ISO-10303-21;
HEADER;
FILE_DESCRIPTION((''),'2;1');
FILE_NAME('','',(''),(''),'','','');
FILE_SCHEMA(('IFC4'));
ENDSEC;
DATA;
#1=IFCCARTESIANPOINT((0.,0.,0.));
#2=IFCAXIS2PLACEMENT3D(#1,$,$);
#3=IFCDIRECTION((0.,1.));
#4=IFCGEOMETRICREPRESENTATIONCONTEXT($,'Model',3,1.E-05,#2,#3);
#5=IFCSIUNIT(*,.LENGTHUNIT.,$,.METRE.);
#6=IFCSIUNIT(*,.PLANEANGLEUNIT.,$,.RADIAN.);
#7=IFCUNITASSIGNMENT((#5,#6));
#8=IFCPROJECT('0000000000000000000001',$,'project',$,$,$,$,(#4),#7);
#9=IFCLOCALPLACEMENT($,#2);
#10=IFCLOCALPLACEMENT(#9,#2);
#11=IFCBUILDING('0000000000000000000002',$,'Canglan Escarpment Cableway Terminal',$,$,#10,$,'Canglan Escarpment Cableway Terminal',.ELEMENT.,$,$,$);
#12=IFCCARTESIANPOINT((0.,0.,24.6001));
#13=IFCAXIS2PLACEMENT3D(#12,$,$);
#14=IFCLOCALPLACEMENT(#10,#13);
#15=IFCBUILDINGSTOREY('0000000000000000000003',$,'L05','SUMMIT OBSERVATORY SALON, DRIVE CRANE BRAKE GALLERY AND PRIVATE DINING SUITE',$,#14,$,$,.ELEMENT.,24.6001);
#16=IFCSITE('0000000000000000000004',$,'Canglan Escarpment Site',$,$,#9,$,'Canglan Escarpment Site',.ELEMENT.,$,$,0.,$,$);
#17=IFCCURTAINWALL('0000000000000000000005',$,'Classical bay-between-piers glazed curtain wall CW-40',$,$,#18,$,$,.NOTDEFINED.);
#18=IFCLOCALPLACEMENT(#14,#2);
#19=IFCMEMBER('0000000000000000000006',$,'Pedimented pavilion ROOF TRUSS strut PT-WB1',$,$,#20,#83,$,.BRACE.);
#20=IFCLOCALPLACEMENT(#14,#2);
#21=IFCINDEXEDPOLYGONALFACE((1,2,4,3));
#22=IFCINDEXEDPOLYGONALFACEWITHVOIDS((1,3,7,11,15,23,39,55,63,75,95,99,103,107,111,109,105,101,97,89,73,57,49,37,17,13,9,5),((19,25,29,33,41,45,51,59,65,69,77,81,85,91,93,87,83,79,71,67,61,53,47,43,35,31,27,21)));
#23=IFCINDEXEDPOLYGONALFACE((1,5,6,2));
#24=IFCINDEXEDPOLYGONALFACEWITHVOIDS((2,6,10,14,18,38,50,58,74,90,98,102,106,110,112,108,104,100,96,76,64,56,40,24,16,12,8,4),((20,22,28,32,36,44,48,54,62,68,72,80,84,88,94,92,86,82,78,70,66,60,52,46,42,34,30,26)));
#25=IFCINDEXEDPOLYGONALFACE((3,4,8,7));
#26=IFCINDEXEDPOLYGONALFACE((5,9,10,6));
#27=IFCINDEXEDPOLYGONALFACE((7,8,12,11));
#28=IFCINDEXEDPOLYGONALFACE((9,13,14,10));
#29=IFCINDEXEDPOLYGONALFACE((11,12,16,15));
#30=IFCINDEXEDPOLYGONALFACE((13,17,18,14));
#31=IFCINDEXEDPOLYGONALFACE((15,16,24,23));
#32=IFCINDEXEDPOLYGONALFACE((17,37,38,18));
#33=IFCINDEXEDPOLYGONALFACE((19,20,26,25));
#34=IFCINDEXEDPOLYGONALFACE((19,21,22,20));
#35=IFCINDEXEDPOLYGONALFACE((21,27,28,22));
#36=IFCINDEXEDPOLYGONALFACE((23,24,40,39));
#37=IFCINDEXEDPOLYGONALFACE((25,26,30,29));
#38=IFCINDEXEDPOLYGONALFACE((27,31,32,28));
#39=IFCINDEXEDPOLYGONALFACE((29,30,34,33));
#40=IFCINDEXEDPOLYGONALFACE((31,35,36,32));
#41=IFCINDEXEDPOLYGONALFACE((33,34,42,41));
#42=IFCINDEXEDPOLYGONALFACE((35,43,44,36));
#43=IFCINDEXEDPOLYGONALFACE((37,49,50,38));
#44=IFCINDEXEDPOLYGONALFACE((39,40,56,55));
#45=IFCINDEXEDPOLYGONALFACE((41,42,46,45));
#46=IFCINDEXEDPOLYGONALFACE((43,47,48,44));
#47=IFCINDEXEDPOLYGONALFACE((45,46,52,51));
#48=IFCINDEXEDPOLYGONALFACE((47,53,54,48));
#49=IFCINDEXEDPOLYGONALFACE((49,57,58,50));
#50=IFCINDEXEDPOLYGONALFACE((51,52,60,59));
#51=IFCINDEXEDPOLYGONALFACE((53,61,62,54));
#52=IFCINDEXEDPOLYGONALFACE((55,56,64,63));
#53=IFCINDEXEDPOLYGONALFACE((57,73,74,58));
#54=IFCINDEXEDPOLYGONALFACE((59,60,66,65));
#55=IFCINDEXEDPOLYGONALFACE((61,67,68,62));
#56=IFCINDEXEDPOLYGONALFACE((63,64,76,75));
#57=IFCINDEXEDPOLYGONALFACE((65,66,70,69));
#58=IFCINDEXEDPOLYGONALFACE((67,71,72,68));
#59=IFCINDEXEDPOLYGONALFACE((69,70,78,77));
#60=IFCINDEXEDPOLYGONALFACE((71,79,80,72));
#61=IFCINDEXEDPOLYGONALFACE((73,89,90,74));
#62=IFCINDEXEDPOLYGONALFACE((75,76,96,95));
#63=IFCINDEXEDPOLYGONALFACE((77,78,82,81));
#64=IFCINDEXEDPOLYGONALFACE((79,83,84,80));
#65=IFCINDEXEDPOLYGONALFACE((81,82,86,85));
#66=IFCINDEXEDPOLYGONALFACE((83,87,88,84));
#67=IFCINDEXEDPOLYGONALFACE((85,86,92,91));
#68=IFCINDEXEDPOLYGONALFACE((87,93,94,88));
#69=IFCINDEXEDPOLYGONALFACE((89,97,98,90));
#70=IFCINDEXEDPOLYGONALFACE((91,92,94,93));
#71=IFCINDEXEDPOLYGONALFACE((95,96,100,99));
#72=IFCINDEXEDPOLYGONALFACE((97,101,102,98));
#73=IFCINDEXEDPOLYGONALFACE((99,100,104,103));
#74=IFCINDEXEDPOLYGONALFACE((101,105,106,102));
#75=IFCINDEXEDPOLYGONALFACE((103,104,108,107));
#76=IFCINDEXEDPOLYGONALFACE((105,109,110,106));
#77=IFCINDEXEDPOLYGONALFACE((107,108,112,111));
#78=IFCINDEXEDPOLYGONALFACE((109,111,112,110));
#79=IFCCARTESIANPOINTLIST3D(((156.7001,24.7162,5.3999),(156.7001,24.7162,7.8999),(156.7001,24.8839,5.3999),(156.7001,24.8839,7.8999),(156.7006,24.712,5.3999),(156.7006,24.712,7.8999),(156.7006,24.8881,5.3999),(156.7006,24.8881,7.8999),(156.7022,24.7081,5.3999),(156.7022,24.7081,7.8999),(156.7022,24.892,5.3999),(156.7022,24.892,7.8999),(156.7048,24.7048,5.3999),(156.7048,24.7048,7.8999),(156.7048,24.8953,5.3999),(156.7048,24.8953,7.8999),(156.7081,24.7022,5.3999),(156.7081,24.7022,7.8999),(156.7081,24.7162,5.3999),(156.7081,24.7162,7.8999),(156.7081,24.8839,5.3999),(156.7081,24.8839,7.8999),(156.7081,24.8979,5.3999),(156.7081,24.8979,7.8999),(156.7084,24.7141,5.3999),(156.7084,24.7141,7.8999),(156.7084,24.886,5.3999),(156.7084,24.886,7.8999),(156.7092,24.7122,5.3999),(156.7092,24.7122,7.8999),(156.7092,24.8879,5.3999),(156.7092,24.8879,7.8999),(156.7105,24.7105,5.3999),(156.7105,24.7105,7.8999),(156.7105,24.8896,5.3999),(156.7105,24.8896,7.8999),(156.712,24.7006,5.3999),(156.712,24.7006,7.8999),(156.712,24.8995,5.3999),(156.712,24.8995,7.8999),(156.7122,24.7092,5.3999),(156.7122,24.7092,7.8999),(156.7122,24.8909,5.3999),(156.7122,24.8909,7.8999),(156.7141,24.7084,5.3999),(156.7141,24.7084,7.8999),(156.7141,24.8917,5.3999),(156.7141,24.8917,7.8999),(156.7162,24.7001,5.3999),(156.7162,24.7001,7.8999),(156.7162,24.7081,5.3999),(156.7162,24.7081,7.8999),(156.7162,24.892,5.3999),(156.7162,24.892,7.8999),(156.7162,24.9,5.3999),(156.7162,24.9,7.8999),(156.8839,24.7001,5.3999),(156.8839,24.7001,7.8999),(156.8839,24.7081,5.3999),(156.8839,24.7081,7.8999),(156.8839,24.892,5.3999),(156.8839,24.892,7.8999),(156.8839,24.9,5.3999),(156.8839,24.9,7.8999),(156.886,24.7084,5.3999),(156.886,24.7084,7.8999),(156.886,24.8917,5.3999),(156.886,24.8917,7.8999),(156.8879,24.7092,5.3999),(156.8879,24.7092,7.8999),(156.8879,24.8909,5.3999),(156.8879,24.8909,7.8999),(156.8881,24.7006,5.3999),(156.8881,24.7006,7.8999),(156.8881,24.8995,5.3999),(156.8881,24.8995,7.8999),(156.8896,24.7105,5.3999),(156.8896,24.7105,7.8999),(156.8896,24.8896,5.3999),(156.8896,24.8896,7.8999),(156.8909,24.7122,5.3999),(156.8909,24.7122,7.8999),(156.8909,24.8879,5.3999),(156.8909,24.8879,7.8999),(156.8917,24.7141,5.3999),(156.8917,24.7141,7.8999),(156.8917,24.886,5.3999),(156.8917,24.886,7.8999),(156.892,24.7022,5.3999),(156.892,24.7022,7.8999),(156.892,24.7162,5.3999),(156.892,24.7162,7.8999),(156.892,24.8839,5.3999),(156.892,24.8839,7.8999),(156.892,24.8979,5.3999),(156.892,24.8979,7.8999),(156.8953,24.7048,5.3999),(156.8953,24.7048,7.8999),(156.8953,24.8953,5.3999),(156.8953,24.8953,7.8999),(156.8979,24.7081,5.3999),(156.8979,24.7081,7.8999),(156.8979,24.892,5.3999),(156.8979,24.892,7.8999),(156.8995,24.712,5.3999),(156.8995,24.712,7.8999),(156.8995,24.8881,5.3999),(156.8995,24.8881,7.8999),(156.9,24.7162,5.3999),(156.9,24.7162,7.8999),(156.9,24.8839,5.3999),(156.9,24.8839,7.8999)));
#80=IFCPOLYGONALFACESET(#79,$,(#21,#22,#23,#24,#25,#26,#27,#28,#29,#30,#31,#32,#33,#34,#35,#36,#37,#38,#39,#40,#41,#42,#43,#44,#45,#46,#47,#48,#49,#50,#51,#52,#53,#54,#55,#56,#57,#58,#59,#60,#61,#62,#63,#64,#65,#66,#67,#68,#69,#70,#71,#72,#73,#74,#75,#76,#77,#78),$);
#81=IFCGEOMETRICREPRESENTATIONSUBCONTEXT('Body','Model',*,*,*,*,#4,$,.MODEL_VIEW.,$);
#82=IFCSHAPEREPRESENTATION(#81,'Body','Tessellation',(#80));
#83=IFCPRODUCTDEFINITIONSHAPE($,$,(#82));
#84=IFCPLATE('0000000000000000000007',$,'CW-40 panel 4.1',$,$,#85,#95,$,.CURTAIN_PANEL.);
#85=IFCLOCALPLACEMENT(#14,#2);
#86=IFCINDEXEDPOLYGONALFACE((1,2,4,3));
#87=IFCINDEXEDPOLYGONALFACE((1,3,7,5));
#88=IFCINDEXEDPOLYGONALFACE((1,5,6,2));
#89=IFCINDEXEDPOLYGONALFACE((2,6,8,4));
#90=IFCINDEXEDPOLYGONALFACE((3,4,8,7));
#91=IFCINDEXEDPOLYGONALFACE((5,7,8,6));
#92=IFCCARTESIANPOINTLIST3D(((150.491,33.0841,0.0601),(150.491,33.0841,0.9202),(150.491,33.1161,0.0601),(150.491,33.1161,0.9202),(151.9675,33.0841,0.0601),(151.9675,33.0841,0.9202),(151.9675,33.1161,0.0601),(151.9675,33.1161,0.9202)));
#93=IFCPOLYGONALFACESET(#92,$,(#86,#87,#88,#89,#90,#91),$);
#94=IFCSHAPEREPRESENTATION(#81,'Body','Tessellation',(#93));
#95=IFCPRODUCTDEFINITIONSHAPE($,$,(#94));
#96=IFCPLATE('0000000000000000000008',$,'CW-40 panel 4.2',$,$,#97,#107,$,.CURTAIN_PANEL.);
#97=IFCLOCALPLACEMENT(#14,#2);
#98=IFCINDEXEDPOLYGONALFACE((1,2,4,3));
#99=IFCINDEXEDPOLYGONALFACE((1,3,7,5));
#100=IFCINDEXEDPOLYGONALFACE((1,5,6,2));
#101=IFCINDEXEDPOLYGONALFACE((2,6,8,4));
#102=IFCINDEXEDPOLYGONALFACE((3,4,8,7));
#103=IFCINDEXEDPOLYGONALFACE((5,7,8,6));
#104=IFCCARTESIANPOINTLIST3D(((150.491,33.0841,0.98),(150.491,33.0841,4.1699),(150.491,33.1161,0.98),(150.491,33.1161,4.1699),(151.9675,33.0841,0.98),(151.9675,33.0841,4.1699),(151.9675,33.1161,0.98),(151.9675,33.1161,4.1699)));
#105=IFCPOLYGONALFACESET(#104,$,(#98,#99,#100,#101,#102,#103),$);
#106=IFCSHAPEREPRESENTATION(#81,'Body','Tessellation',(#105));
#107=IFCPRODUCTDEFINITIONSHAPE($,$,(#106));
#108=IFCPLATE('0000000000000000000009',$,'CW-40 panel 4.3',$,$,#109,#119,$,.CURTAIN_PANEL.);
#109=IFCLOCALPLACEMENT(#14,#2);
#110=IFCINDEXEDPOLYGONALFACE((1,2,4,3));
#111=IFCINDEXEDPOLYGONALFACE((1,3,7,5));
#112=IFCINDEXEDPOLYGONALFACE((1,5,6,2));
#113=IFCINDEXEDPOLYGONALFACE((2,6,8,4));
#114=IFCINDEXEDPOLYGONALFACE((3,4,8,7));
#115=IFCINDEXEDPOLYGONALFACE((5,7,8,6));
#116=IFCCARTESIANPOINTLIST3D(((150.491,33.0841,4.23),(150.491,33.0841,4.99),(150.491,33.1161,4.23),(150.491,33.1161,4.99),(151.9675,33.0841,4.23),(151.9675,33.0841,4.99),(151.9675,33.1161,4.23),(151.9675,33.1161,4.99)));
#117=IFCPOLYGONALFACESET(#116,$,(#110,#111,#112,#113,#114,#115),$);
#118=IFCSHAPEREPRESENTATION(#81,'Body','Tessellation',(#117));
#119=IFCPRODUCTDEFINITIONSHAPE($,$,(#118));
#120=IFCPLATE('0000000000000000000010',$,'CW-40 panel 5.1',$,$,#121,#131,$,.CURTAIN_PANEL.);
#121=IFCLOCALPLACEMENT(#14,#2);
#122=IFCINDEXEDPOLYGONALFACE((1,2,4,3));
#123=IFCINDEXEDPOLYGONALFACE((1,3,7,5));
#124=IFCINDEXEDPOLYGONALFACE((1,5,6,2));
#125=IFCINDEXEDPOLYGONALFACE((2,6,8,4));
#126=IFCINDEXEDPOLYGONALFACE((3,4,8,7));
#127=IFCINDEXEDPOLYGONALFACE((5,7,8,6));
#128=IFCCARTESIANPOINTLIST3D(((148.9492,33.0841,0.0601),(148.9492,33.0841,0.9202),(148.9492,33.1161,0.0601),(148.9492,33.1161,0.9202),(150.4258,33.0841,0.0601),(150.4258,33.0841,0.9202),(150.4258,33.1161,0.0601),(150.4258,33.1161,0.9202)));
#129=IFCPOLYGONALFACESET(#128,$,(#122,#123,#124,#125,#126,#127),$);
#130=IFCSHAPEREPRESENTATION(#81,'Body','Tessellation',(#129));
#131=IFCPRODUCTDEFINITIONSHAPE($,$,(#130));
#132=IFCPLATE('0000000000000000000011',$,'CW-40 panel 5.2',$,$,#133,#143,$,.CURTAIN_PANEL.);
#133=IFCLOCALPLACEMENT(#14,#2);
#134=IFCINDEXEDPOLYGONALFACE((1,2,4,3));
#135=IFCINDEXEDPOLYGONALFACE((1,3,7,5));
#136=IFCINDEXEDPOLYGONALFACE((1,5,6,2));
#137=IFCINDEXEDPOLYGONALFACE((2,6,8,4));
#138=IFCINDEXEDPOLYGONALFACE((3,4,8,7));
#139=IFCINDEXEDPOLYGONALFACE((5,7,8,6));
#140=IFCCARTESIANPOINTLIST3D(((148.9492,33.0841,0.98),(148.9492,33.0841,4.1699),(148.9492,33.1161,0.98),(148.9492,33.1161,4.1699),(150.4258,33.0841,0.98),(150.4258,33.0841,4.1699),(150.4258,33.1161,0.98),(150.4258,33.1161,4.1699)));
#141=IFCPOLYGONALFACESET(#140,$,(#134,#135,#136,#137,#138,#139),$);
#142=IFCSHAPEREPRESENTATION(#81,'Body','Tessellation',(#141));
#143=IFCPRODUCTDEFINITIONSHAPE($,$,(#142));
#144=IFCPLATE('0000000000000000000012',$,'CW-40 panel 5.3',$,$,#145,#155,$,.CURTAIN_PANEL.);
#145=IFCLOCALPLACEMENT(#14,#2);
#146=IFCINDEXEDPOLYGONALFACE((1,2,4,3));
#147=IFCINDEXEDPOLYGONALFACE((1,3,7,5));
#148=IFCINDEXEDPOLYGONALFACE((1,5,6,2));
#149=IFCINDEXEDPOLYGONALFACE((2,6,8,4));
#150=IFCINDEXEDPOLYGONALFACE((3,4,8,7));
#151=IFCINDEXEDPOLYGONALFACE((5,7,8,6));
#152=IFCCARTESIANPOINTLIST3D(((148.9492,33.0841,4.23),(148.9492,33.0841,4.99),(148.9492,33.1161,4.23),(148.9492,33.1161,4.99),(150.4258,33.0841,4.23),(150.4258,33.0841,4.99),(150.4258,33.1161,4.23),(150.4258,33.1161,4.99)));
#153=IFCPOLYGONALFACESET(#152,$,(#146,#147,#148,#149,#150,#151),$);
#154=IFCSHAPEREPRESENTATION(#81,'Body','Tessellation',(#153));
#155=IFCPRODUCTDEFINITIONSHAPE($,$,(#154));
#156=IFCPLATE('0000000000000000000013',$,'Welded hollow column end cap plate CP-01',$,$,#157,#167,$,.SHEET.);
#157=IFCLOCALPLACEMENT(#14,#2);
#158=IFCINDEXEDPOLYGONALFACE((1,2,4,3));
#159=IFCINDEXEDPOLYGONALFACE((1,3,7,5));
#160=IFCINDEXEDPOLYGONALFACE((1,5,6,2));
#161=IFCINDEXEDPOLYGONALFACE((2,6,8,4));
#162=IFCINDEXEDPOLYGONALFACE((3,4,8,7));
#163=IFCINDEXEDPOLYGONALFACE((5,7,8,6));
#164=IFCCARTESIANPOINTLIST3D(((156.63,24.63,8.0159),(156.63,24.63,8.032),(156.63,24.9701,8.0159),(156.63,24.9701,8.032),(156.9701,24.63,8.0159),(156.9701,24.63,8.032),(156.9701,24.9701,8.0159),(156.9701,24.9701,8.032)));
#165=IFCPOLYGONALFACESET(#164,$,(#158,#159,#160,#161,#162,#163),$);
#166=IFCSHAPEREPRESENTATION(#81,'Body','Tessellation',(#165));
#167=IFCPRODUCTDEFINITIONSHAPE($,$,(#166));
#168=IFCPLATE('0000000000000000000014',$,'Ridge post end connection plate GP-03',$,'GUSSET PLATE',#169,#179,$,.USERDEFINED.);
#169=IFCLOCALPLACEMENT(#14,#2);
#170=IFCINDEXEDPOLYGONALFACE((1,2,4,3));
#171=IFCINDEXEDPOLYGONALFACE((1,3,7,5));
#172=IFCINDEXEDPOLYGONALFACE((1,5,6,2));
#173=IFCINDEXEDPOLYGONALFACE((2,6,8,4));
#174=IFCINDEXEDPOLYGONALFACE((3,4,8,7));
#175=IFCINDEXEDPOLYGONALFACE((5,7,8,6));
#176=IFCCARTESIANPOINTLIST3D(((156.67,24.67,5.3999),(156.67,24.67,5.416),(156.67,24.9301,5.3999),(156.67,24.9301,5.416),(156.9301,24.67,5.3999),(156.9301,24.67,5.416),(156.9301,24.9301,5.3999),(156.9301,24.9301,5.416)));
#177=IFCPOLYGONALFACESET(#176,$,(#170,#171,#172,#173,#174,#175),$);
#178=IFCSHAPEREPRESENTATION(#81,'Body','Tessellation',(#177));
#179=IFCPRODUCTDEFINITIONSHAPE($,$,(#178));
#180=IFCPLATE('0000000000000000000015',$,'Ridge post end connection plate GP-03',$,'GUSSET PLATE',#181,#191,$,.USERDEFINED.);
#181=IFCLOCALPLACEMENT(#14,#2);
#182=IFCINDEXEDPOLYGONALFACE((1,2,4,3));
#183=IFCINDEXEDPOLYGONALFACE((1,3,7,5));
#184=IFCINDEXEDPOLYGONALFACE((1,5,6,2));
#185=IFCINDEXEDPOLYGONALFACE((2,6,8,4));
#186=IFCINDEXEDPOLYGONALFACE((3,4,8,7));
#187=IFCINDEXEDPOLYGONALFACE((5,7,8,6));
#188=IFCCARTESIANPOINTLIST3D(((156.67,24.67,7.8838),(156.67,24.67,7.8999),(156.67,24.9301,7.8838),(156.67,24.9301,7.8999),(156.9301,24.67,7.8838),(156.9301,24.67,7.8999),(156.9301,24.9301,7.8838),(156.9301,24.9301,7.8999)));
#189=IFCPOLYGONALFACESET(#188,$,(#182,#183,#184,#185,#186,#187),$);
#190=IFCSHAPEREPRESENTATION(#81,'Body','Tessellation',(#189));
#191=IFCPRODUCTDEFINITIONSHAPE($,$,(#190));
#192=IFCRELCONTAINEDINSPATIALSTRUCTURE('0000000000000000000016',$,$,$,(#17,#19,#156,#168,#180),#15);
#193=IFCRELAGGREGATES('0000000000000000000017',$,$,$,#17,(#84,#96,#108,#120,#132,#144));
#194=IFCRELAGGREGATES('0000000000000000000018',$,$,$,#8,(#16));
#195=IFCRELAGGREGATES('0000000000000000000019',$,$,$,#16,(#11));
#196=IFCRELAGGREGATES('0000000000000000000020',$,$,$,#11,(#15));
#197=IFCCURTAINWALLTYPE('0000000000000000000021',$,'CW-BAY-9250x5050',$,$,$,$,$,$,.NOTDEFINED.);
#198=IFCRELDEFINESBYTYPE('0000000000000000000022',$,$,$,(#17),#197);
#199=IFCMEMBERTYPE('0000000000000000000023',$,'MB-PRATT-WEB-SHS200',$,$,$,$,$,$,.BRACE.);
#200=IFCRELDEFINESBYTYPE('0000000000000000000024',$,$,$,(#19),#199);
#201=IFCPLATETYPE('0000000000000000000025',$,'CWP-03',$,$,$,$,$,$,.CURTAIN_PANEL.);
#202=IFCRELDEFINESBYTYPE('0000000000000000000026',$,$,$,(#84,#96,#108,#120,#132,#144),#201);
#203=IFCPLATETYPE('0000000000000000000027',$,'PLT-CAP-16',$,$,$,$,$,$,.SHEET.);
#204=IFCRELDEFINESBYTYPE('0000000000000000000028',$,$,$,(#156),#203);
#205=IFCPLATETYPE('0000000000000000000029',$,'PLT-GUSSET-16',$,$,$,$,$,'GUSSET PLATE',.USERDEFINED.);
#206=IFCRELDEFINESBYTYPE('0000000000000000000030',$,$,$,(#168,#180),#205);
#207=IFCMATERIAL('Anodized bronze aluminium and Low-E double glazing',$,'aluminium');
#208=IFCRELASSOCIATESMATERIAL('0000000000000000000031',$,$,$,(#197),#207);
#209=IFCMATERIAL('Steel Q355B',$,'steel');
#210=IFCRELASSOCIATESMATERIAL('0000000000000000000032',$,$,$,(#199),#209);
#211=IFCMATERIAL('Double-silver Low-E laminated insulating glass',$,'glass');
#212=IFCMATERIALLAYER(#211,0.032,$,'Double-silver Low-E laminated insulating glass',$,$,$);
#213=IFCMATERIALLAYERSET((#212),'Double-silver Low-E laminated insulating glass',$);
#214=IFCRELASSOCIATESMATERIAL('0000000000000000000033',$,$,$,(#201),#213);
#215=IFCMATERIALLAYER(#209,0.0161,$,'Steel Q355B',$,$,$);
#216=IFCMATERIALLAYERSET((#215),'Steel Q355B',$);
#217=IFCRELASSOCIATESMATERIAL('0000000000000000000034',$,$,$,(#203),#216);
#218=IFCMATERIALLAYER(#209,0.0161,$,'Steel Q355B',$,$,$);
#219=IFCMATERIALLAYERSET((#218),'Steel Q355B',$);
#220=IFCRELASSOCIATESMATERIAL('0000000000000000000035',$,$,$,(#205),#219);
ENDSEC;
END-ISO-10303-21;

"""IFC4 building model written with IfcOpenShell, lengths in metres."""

from ifc_helpers import new_model, si_unit, direction, frame, origin, origin_2d, place, context, subcontext, project, spatial, rectangle, hollow_rectangle, extrude, material, layer, layer_set, material_profile, profile_set, type_object, element, aggregate, save


model = new_model("IFC4")

# Units and contexts
model_context = context("Model", 3, precision=1e-05, world=origin(), true_north=direction((0.0, 1.0)))
body_context = subcontext(model_context, "Body", "Model", "MODEL_VIEW")
ifc_project = project(units=[si_unit("LENGTHUNIT", "METRE"), si_unit("PLANEANGLEUNIT", "RADIAN")], contexts=[model_context])

# Site, building, storey
site_placement = place(None, origin())
site = spatial("IfcSite", under=ifc_project, at=site_placement, Name="Canglan Escarpment Site", LongName="Canglan Escarpment Site", CompositionType="ELEMENT", RefElevation=0.0)
building_placement = place(site_placement, origin())
building = spatial("IfcBuilding", under=site, at=building_placement, Name="Canglan Escarpment Cableway Terminal", LongName="Canglan Escarpment Cableway Terminal", CompositionType="ELEMENT")
storey_placement = place(building_placement, frame((0.0, 0.0, 24.6001)))
storey = spatial("IfcBuildingStorey", under=building, at=storey_placement, Name="L05", Description="SUMMIT OBSERVATORY SALON, DRIVE CRANE BRAKE GALLERY AND PRIVATE DINING SUITE", CompositionType="ELEMENT", Elevation=24.6001)

# Shared definitions
ifc_material_1 = material(Name="Steel Q355B", Category="steel")

# Shared definitions
ifc_material_2 = material(Name="Anodized bronze aluminium and Low-E double glazing", Category="aluminium")

# Curtain wall
curtain_wall_type_1 = type_object("IfcCurtainWallType", Name="CW-BAY-9250x5050", PredefinedType="NOTDEFINED", material=ifc_material_2)
curtain_wall_1_placement = place(storey_placement, origin())
curtain_wall_1 = element("IfcCurtainWall", 1, at=curtain_wall_1_placement, inside=storey, type_object=curtain_wall_type_1, Name="Classical bay-between-piers glazed curtain wall CW-40", PredefinedType="NOTDEFINED")

# Member
ifc_material_profile_1 = material_profile(ifc_material_1, hollow_rectangle(XDim=0.2, YDim=0.2, WallThickness=0.0081, InnerFilletRadius=0.0081, OuterFilletRadius=0.0161, at=origin_2d()), Name="SHS 200x200x8")
ifc_profile_set_1 = profile_set([ifc_material_profile_1], Name="Steel Q355B")
member_type_1 = type_object("IfcMemberType", Name="MB-PRATT-WEB-SHS200", PredefinedType="BRACE", material=ifc_profile_set_1)
member_1_placement = place(storey_placement, frame((156.8, 24.8, 5.3999), z_axis=(0.0, 0.0, 1.0), x_axis=(1.0, 0.0, 0.0)))
element("IfcMember", 2, at=member_1_placement, inside=storey, type_object=member_type_1, Name="Pedimented pavilion ROOF TRUSS strut PT-WB1", PredefinedType="BRACE", context=body_context, shape_type="SweptSolid", body=[
    extrude(hollow_rectangle(XDim=0.2, YDim=0.2, WallThickness=0.0081, InnerFilletRadius=0.0081, OuterFilletRadius=0.0161, at=origin_2d()), origin(), (0.0, 0.0, 1.0), 2.5),
])

# Plates
ifc_material_3 = material(Name="Double-silver Low-E laminated insulating glass", Category="glass")
ifc_layer_1 = layer(ifc_material_3, 0.032, Name="Double-silver Low-E laminated insulating glass")
ifc_layer_set_1 = layer_set([ifc_layer_1], Name="Double-silver Low-E laminated insulating glass")
plate_type_1 = type_object("IfcPlateType", Name="CWP-03", PredefinedType="CURTAIN_PANEL", material=ifc_layer_set_1)
plate_1_placement = place(storey_placement, frame((151.2292, 33.1001, 0.0601), z_axis=(0.0, 0.0, 1.0), x_axis=(-1.0, 0.0, 0.0)))
plate_1 = element("IfcPlate", 3, at=plate_1_placement, type_object=plate_type_1, Name="CW-40 panel 4.1", PredefinedType="CURTAIN_PANEL", context=body_context, shape_type="SweptSolid", body=[
    extrude(rectangle(XDim=1.4766, YDim=0.032, at=origin_2d()), origin(), (0.0, 0.0, 1.0), 0.8601),
])
plate_2_placement = place(storey_placement, frame((151.2292, 33.1001, 0.98), z_axis=(0.0, 0.0, 1.0), x_axis=(-1.0, 0.0, 0.0)))
plate_2 = element("IfcPlate", 4, at=plate_2_placement, type_object=plate_type_1, Name="CW-40 panel 4.2", PredefinedType="CURTAIN_PANEL", context=body_context, shape_type="SweptSolid", body=[
    extrude(rectangle(XDim=1.4766, YDim=0.032, at=origin_2d()), origin(), (0.0, 0.0, 1.0), 3.1899),
])
plate_3_placement = place(storey_placement, frame((151.2292, 33.1001, 4.23), z_axis=(0.0, 0.0, 1.0), x_axis=(-1.0, 0.0, 0.0)))
plate_3 = element("IfcPlate", 5, at=plate_3_placement, type_object=plate_type_1, Name="CW-40 panel 4.3", PredefinedType="CURTAIN_PANEL", context=body_context, shape_type="SweptSolid", body=[
    extrude(rectangle(XDim=1.4766, YDim=0.032, at=origin_2d()), origin(), (0.0, 0.0, 1.0), 0.76),
])
plate_4_placement = place(storey_placement, frame((149.6875, 33.1001, 0.0601), z_axis=(0.0, 0.0, 1.0), x_axis=(-1.0, 0.0, 0.0)))
plate_4 = element("IfcPlate", 6, at=plate_4_placement, type_object=plate_type_1, Name="CW-40 panel 5.1", PredefinedType="CURTAIN_PANEL", context=body_context, shape_type="SweptSolid", body=[
    extrude(rectangle(XDim=1.4766, YDim=0.032, at=origin_2d()), origin(), (0.0, 0.0, 1.0), 0.8601),
])
plate_5_placement = place(storey_placement, frame((149.6875, 33.1001, 0.98), z_axis=(0.0, 0.0, 1.0), x_axis=(-1.0, 0.0, 0.0)))
plate_5 = element("IfcPlate", 7, at=plate_5_placement, type_object=plate_type_1, Name="CW-40 panel 5.2", PredefinedType="CURTAIN_PANEL", context=body_context, shape_type="SweptSolid", body=[
    extrude(rectangle(XDim=1.4766, YDim=0.032, at=origin_2d()), origin(), (0.0, 0.0, 1.0), 3.1899),
])
plate_6_placement = place(storey_placement, frame((149.6875, 33.1001, 4.23), z_axis=(0.0, 0.0, 1.0), x_axis=(-1.0, 0.0, 0.0)))
plate_6 = element("IfcPlate", 8, at=plate_6_placement, type_object=plate_type_1, Name="CW-40 panel 5.3", PredefinedType="CURTAIN_PANEL", context=body_context, shape_type="SweptSolid", body=[
    extrude(rectangle(XDim=1.4766, YDim=0.032, at=origin_2d()), origin(), (0.0, 0.0, 1.0), 0.76),
])
aggregate(curtain_wall_1, [plate_1, plate_2, plate_3, plate_4, plate_5, plate_6])

# Plates
ifc_layer_2 = layer(ifc_material_1, 0.0161, Name="Steel Q355B")
ifc_layer_set_2 = layer_set([ifc_layer_2], Name="Steel Q355B")
plate_type_2 = type_object("IfcPlateType", Name="PLT-CAP-16", PredefinedType="SHEET", material=ifc_layer_set_2)
plate_7_placement = place(storey_placement, frame((156.8, 24.8, 8.0159), z_axis=(0.0, 0.0, 1.0), x_axis=(1.0, 0.0, 0.0)))
element("IfcPlate", 9, at=plate_7_placement, inside=storey, type_object=plate_type_2, Name="Welded hollow column end cap plate CP-01", PredefinedType="SHEET", context=body_context, shape_type="SweptSolid", body=[
    extrude(rectangle(XDim=0.3401, YDim=0.3401, at=origin_2d()), origin(), (0.0, 0.0, 1.0), 0.0161),
])
ifc_layer_3 = layer(ifc_material_1, 0.0161, Name="Steel Q355B")
ifc_layer_set_3 = layer_set([ifc_layer_3], Name="Steel Q355B")
plate_type_3 = type_object("IfcPlateType", Name="PLT-GUSSET-16", ElementType="GUSSET PLATE", PredefinedType="USERDEFINED", material=ifc_layer_set_3)
for number, where, z_axis, x_axis, name in (
    (10, (156.8, 24.8, 5.3999), (0.0, 0.0, 1.0), (1.0, 0.0, 0.0), "Ridge post end connection plate GP-03"),
    (11, (156.8, 24.8, 7.8838), (0.0, 0.0, 1.0), (1.0, 0.0, 0.0), "Ridge post end connection plate GP-03"),
):
    element("IfcPlate", number, at=place(storey_placement, frame(where, z_axis=z_axis, x_axis=x_axis)), inside=storey, type_object=plate_type_3, Name=name, ObjectType="GUSSET PLATE", PredefinedType="USERDEFINED", context=body_context, shape_type="SweptSolid", body=[
        extrude(rectangle(XDim=0.26, YDim=0.26, at=origin_2d()), origin(), (0.0, 0.0, 1.0), 0.0161),
    ])

save(model, "model.ifc")
